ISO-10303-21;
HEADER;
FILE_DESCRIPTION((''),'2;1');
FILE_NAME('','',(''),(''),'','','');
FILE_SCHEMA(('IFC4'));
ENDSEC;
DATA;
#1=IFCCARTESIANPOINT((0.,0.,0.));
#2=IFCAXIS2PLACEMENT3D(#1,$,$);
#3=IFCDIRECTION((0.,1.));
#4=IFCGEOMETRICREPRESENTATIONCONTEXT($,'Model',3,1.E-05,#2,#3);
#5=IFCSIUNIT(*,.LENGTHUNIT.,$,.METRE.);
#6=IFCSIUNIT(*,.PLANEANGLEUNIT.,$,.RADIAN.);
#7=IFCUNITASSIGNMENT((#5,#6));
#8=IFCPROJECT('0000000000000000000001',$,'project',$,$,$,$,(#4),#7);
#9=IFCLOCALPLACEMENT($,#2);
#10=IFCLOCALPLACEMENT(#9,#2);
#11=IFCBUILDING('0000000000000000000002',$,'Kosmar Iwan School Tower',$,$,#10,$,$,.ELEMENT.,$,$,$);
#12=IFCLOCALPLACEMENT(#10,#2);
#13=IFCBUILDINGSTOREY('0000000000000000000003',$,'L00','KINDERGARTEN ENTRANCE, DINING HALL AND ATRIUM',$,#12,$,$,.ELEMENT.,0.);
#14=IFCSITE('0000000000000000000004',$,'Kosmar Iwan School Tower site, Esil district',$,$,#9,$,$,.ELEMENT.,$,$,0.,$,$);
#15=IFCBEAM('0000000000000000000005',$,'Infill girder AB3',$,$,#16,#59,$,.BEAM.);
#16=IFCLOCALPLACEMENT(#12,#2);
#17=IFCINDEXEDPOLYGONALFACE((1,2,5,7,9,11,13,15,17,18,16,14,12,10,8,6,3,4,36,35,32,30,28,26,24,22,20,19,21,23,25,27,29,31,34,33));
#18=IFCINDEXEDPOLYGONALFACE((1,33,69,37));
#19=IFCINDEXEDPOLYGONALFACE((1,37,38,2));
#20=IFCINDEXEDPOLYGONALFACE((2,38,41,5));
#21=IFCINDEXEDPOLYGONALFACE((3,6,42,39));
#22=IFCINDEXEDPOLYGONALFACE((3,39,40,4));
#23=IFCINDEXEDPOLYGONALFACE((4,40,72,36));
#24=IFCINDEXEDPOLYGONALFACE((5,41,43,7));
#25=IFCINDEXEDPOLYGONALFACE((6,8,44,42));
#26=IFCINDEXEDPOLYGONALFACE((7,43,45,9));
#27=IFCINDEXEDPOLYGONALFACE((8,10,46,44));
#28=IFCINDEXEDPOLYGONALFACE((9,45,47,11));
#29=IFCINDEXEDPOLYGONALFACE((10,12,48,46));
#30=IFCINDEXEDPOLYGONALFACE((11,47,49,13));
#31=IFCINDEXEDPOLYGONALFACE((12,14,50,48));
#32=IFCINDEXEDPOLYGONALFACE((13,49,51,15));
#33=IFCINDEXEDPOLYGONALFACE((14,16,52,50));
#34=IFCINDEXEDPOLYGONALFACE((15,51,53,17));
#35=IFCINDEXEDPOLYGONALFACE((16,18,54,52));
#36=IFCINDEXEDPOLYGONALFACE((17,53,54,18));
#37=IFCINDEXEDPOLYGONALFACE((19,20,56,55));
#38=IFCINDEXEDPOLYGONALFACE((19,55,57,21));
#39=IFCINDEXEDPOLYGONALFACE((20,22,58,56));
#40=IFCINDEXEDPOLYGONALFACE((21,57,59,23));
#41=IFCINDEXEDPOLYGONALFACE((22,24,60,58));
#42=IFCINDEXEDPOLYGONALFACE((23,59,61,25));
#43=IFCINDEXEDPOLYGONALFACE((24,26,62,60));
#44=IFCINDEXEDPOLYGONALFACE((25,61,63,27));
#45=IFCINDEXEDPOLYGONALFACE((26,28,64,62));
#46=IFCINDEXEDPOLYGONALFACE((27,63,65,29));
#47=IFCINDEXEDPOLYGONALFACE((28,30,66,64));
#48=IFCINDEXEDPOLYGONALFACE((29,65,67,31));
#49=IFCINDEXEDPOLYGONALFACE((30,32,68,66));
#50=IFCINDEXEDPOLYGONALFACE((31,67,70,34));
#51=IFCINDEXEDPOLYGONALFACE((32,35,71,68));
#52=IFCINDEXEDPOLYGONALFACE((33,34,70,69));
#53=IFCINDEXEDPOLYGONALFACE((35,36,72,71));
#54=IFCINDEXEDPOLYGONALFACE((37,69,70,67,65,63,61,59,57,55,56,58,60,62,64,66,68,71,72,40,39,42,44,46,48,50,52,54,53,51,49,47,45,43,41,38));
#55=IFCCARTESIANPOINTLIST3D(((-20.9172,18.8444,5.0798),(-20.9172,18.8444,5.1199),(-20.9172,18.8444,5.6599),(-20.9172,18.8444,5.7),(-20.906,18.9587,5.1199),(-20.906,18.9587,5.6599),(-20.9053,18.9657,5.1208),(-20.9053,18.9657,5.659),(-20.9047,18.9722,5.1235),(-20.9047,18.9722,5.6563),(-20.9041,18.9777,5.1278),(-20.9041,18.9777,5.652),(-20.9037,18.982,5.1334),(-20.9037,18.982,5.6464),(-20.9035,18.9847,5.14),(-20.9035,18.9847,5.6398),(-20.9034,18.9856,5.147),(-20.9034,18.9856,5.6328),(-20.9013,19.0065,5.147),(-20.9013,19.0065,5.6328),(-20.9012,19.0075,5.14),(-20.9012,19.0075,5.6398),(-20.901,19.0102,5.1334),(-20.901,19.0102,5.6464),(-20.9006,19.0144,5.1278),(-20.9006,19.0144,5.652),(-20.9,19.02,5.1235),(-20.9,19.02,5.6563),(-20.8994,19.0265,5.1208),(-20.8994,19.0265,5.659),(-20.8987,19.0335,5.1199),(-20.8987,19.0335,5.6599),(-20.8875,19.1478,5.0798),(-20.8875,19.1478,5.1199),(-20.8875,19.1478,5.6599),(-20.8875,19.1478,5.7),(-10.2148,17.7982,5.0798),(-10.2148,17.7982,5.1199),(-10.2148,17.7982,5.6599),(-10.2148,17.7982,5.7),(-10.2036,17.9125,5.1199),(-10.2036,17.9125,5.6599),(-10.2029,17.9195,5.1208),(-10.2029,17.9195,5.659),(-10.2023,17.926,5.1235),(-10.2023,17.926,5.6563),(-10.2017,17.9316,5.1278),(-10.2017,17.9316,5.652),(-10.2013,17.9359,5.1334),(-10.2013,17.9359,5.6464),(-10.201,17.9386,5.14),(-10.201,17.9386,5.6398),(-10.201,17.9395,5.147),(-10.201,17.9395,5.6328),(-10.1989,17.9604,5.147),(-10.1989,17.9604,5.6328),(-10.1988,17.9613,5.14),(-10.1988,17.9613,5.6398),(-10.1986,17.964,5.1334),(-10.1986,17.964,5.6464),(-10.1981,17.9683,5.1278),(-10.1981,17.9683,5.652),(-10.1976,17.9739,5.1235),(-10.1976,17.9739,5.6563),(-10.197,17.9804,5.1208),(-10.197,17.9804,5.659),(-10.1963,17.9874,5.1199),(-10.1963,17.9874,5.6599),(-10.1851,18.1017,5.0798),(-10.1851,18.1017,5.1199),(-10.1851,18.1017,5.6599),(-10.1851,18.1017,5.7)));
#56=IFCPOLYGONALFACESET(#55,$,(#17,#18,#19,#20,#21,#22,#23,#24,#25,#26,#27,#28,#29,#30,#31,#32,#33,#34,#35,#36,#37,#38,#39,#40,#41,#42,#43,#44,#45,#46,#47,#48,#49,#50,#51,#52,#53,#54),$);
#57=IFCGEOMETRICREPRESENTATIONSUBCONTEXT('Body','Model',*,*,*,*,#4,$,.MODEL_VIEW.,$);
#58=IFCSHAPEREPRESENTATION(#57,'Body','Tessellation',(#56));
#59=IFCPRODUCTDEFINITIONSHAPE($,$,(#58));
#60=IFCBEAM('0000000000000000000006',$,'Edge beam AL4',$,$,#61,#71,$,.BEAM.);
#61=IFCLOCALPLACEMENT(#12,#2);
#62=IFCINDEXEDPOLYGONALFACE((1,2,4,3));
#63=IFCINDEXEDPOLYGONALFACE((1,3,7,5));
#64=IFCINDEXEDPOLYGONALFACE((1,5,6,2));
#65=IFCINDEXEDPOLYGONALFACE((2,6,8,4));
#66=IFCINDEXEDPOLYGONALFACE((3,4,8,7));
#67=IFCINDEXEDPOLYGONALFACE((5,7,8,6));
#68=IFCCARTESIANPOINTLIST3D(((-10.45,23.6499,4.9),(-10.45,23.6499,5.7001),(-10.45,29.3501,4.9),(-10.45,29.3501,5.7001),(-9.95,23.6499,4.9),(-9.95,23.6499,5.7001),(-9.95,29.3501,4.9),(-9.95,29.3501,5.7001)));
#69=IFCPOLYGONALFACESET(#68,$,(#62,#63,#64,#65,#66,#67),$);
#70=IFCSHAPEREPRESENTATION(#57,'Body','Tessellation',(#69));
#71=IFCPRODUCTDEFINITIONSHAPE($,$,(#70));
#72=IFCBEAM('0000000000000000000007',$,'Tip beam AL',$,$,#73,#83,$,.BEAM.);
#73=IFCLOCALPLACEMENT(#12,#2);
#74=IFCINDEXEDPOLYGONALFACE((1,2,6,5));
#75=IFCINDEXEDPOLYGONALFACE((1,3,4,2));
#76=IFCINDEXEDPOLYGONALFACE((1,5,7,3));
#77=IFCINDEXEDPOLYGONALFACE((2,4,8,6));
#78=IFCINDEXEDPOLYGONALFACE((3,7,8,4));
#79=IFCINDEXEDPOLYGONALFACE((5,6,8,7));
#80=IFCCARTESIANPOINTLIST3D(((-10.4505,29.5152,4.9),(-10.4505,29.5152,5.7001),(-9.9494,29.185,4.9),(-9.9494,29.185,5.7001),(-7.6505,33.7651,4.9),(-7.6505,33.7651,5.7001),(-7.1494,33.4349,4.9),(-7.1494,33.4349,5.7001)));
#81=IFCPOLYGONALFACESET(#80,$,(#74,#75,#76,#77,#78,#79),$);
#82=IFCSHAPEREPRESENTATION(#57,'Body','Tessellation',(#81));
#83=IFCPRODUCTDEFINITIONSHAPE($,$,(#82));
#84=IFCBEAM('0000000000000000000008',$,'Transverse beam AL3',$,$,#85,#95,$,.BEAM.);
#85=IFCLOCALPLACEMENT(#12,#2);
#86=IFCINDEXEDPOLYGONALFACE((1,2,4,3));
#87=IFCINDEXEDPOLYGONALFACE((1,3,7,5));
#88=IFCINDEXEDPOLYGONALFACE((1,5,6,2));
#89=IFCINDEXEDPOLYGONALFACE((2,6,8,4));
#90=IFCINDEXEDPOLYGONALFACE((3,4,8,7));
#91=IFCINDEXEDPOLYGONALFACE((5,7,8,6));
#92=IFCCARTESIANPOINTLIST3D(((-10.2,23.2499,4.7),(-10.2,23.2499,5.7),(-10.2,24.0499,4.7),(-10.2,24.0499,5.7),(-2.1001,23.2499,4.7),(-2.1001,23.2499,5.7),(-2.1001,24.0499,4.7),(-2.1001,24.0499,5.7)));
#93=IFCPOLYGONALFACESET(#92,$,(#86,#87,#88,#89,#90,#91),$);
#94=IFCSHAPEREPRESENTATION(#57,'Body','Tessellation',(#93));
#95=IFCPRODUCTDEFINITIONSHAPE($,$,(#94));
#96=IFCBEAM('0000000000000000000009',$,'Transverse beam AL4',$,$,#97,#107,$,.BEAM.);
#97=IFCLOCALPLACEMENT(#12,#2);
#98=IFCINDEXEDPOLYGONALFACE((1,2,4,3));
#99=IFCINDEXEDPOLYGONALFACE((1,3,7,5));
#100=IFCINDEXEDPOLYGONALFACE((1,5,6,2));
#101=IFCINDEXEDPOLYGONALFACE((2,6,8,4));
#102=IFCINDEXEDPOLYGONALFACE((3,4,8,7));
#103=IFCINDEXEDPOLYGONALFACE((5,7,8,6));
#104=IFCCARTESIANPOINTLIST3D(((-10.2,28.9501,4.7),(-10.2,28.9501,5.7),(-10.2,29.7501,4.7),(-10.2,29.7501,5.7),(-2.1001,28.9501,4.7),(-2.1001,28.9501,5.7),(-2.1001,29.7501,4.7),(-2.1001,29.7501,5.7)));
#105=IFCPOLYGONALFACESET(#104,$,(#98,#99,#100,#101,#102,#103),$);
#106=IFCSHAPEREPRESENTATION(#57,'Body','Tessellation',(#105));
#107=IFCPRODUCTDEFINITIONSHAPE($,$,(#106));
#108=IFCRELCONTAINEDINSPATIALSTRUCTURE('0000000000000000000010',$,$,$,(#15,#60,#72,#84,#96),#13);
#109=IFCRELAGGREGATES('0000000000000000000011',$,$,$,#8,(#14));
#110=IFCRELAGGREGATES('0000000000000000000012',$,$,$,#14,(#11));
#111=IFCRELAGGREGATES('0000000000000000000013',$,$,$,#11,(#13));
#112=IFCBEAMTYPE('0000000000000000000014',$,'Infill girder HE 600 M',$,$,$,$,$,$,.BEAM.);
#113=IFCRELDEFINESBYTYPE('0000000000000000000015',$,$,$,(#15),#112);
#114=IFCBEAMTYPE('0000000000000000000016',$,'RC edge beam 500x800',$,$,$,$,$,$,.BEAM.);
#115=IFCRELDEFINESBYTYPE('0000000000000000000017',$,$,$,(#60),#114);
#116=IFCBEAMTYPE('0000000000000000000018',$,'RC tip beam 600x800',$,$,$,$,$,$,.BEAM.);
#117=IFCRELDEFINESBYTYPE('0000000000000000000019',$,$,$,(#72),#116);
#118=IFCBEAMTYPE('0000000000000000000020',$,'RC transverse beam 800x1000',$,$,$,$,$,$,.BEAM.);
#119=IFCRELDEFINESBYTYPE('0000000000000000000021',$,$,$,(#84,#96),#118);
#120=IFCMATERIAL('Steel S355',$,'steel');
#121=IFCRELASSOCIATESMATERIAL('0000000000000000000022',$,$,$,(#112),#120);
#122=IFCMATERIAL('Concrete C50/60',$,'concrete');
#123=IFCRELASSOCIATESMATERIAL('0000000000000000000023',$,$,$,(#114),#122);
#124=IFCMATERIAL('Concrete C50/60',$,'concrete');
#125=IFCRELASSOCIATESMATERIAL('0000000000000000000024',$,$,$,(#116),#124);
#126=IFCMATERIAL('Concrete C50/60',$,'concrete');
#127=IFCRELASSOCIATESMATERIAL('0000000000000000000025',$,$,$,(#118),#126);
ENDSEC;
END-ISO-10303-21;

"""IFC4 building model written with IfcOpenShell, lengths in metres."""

from ifc_helpers import new_model, si_unit, direction, frame, origin, origin_2d, place, context, subcontext, project, spatial, rectangle, i_section, extrude, material, material_profile, profile_set, type_object, element, save


model = new_model("IFC4")

# Units and contexts
model_context = context("Model", 3, precision=1e-05, world=origin(), true_north=direction((0.0, 1.0)))
body_context = subcontext(model_context, "Body", "Model", "MODEL_VIEW")
ifc_project = project(units=[si_unit("LENGTHUNIT", "METRE"), si_unit("PLANEANGLEUNIT", "RADIAN")], contexts=[model_context])

# Site, building, storey
site_placement = place(None, origin())
site = spatial("IfcSite", under=ifc_project, at=site_placement, Name="Kosmar Iwan School Tower site, Esil district", CompositionType="ELEMENT", RefElevation=0.0)
building_placement = place(site_placement, origin())
building = spatial("IfcBuilding", under=site, at=building_placement, Name="Kosmar Iwan School Tower", CompositionType="ELEMENT")
storey_placement = place(building_placement, origin())
storey = spatial("IfcBuildingStorey", under=building, at=storey_placement, Name="L00", Description="KINDERGARTEN ENTRANCE, DINING HALL AND ATRIUM", CompositionType="ELEMENT", Elevation=0.0)

# Beams
ifc_material_1 = material(Name="Steel S355", Category="steel")
ifc_material_profile_1 = material_profile(ifc_material_1, i_section(OverallWidth=0.3049, OverallDepth=0.6201, WebThickness=0.021, FlangeThickness=0.04, FilletRadius=0.0271, at=origin_2d()), Name="HE 600 M")
ifc_profile_set_1 = profile_set([ifc_material_profile_1], Name="Steel S355")
beam_type_1 = type_object("IfcBeamType", Name="Infill girder HE 600 M", PredefinedType="BEAM", material=ifc_profile_set_1)
beam_1_placement = place(storey_placement, frame((-20.9023, 18.9961, 5.3899), z_axis=(0.995257, -0.097285, 0.0), x_axis=(0.097285, 0.995257, 0.0)))
element("IfcBeam", 1, at=beam_1_placement, inside=storey, type_object=beam_type_1, Name="Infill girder AB3", PredefinedType="BEAM", context=body_context, shape_type="SweptSolid", body=[
    extrude(i_section(OverallWidth=0.3049, OverallDepth=0.6201, WebThickness=0.021, FlangeThickness=0.04, FilletRadius=0.0271, at=origin_2d()), origin(), (0.0, 0.0, 1.0), 10.7534),
])
ifc_material_2 = material(Name="Concrete C50/60", Category="concrete")
ifc_material_profile_2 = material_profile(ifc_material_2, rectangle(XDim=0.5, YDim=0.8, at=origin_2d()), Name="RC 500x800")
ifc_profile_set_2 = profile_set([ifc_material_profile_2], Name="Concrete C50/60")
beam_type_2 = type_object("IfcBeamType", Name="RC edge beam 500x800", PredefinedType="BEAM", material=ifc_profile_set_2)
beam_2_placement = place(storey_placement, frame((-10.2, 23.6499, 5.3), z_axis=(0.0, 1.0, 0.0), x_axis=(-1.0, 0.0, 0.0)))
element("IfcBeam", 2, at=beam_2_placement, inside=storey, type_object=beam_type_2, Name="Edge beam AL4", PredefinedType="BEAM", context=body_context, shape_type="SweptSolid", body=[
    extrude(rectangle(XDim=0.5, YDim=0.8, at=origin_2d()), origin(), (0.0, 0.0, 1.0), 5.7002),
])
ifc_material_3 = material(Name="Concrete C50/60", Category="concrete")
ifc_material_profile_3 = material_profile(ifc_material_3, rectangle(XDim=0.6001, YDim=0.8, at=origin_2d()), Name="RC 600x800")
ifc_profile_set_3 = profile_set([ifc_material_profile_3], Name="Concrete C50/60")
beam_type_3 = type_object("IfcBeamType", Name="RC tip beam 600x800", PredefinedType="BEAM", material=ifc_profile_set_3)
beam_3_placement = place(storey_placement, frame((-10.2, 29.3501, 5.3), z_axis=(0.550164, 0.835056, 0.0), x_axis=(-0.835056, 0.550164, 0.0)))
element("IfcBeam", 3, at=beam_3_placement, inside=storey, type_object=beam_type_3, Name="Tip beam AL", PredefinedType="BEAM", context=body_context, shape_type="SweptSolid", body=[
    extrude(rectangle(XDim=0.6001, YDim=0.8, at=origin_2d()), origin(), (0.0, 0.0, 1.0), 5.0894),
])
ifc_material_4 = material(Name="Concrete C50/60", Category="concrete")
ifc_material_profile_4 = material_profile(ifc_material_4, rectangle(XDim=0.8, YDim=1.0, at=origin_2d()), Name="RC 800x1000")
ifc_profile_set_4 = profile_set([ifc_material_profile_4], Name="Concrete C50/60")
beam_type_4 = type_object("IfcBeamType", Name="RC transverse beam 800x1000", PredefinedType="BEAM", material=ifc_profile_set_4)
for number, where, z_axis, x_axis, name in (
    (4, (-10.2, 23.6499, 5.2), (1.0, 0.0, 0.0), (0.0, 1.0, 0.0), "Transverse beam AL3"),
    (5, (-10.2, 29.3501, 5.2), (1.0, 0.0, 0.0), (0.0, 1.0, 0.0), "Transverse beam AL4"),
):
    element("IfcBeam", number, at=place(storey_placement, frame(where, z_axis=z_axis, x_axis=x_axis)), inside=storey, type_object=beam_type_4, Name=name, PredefinedType="BEAM", context=body_context, shape_type="SweptSolid", body=[
        extrude(rectangle(XDim=0.8, YDim=1.0, at=origin_2d()), origin(), (0.0, 0.0, 1.0), 8.0999),
    ])

save(model, "model.ifc")
